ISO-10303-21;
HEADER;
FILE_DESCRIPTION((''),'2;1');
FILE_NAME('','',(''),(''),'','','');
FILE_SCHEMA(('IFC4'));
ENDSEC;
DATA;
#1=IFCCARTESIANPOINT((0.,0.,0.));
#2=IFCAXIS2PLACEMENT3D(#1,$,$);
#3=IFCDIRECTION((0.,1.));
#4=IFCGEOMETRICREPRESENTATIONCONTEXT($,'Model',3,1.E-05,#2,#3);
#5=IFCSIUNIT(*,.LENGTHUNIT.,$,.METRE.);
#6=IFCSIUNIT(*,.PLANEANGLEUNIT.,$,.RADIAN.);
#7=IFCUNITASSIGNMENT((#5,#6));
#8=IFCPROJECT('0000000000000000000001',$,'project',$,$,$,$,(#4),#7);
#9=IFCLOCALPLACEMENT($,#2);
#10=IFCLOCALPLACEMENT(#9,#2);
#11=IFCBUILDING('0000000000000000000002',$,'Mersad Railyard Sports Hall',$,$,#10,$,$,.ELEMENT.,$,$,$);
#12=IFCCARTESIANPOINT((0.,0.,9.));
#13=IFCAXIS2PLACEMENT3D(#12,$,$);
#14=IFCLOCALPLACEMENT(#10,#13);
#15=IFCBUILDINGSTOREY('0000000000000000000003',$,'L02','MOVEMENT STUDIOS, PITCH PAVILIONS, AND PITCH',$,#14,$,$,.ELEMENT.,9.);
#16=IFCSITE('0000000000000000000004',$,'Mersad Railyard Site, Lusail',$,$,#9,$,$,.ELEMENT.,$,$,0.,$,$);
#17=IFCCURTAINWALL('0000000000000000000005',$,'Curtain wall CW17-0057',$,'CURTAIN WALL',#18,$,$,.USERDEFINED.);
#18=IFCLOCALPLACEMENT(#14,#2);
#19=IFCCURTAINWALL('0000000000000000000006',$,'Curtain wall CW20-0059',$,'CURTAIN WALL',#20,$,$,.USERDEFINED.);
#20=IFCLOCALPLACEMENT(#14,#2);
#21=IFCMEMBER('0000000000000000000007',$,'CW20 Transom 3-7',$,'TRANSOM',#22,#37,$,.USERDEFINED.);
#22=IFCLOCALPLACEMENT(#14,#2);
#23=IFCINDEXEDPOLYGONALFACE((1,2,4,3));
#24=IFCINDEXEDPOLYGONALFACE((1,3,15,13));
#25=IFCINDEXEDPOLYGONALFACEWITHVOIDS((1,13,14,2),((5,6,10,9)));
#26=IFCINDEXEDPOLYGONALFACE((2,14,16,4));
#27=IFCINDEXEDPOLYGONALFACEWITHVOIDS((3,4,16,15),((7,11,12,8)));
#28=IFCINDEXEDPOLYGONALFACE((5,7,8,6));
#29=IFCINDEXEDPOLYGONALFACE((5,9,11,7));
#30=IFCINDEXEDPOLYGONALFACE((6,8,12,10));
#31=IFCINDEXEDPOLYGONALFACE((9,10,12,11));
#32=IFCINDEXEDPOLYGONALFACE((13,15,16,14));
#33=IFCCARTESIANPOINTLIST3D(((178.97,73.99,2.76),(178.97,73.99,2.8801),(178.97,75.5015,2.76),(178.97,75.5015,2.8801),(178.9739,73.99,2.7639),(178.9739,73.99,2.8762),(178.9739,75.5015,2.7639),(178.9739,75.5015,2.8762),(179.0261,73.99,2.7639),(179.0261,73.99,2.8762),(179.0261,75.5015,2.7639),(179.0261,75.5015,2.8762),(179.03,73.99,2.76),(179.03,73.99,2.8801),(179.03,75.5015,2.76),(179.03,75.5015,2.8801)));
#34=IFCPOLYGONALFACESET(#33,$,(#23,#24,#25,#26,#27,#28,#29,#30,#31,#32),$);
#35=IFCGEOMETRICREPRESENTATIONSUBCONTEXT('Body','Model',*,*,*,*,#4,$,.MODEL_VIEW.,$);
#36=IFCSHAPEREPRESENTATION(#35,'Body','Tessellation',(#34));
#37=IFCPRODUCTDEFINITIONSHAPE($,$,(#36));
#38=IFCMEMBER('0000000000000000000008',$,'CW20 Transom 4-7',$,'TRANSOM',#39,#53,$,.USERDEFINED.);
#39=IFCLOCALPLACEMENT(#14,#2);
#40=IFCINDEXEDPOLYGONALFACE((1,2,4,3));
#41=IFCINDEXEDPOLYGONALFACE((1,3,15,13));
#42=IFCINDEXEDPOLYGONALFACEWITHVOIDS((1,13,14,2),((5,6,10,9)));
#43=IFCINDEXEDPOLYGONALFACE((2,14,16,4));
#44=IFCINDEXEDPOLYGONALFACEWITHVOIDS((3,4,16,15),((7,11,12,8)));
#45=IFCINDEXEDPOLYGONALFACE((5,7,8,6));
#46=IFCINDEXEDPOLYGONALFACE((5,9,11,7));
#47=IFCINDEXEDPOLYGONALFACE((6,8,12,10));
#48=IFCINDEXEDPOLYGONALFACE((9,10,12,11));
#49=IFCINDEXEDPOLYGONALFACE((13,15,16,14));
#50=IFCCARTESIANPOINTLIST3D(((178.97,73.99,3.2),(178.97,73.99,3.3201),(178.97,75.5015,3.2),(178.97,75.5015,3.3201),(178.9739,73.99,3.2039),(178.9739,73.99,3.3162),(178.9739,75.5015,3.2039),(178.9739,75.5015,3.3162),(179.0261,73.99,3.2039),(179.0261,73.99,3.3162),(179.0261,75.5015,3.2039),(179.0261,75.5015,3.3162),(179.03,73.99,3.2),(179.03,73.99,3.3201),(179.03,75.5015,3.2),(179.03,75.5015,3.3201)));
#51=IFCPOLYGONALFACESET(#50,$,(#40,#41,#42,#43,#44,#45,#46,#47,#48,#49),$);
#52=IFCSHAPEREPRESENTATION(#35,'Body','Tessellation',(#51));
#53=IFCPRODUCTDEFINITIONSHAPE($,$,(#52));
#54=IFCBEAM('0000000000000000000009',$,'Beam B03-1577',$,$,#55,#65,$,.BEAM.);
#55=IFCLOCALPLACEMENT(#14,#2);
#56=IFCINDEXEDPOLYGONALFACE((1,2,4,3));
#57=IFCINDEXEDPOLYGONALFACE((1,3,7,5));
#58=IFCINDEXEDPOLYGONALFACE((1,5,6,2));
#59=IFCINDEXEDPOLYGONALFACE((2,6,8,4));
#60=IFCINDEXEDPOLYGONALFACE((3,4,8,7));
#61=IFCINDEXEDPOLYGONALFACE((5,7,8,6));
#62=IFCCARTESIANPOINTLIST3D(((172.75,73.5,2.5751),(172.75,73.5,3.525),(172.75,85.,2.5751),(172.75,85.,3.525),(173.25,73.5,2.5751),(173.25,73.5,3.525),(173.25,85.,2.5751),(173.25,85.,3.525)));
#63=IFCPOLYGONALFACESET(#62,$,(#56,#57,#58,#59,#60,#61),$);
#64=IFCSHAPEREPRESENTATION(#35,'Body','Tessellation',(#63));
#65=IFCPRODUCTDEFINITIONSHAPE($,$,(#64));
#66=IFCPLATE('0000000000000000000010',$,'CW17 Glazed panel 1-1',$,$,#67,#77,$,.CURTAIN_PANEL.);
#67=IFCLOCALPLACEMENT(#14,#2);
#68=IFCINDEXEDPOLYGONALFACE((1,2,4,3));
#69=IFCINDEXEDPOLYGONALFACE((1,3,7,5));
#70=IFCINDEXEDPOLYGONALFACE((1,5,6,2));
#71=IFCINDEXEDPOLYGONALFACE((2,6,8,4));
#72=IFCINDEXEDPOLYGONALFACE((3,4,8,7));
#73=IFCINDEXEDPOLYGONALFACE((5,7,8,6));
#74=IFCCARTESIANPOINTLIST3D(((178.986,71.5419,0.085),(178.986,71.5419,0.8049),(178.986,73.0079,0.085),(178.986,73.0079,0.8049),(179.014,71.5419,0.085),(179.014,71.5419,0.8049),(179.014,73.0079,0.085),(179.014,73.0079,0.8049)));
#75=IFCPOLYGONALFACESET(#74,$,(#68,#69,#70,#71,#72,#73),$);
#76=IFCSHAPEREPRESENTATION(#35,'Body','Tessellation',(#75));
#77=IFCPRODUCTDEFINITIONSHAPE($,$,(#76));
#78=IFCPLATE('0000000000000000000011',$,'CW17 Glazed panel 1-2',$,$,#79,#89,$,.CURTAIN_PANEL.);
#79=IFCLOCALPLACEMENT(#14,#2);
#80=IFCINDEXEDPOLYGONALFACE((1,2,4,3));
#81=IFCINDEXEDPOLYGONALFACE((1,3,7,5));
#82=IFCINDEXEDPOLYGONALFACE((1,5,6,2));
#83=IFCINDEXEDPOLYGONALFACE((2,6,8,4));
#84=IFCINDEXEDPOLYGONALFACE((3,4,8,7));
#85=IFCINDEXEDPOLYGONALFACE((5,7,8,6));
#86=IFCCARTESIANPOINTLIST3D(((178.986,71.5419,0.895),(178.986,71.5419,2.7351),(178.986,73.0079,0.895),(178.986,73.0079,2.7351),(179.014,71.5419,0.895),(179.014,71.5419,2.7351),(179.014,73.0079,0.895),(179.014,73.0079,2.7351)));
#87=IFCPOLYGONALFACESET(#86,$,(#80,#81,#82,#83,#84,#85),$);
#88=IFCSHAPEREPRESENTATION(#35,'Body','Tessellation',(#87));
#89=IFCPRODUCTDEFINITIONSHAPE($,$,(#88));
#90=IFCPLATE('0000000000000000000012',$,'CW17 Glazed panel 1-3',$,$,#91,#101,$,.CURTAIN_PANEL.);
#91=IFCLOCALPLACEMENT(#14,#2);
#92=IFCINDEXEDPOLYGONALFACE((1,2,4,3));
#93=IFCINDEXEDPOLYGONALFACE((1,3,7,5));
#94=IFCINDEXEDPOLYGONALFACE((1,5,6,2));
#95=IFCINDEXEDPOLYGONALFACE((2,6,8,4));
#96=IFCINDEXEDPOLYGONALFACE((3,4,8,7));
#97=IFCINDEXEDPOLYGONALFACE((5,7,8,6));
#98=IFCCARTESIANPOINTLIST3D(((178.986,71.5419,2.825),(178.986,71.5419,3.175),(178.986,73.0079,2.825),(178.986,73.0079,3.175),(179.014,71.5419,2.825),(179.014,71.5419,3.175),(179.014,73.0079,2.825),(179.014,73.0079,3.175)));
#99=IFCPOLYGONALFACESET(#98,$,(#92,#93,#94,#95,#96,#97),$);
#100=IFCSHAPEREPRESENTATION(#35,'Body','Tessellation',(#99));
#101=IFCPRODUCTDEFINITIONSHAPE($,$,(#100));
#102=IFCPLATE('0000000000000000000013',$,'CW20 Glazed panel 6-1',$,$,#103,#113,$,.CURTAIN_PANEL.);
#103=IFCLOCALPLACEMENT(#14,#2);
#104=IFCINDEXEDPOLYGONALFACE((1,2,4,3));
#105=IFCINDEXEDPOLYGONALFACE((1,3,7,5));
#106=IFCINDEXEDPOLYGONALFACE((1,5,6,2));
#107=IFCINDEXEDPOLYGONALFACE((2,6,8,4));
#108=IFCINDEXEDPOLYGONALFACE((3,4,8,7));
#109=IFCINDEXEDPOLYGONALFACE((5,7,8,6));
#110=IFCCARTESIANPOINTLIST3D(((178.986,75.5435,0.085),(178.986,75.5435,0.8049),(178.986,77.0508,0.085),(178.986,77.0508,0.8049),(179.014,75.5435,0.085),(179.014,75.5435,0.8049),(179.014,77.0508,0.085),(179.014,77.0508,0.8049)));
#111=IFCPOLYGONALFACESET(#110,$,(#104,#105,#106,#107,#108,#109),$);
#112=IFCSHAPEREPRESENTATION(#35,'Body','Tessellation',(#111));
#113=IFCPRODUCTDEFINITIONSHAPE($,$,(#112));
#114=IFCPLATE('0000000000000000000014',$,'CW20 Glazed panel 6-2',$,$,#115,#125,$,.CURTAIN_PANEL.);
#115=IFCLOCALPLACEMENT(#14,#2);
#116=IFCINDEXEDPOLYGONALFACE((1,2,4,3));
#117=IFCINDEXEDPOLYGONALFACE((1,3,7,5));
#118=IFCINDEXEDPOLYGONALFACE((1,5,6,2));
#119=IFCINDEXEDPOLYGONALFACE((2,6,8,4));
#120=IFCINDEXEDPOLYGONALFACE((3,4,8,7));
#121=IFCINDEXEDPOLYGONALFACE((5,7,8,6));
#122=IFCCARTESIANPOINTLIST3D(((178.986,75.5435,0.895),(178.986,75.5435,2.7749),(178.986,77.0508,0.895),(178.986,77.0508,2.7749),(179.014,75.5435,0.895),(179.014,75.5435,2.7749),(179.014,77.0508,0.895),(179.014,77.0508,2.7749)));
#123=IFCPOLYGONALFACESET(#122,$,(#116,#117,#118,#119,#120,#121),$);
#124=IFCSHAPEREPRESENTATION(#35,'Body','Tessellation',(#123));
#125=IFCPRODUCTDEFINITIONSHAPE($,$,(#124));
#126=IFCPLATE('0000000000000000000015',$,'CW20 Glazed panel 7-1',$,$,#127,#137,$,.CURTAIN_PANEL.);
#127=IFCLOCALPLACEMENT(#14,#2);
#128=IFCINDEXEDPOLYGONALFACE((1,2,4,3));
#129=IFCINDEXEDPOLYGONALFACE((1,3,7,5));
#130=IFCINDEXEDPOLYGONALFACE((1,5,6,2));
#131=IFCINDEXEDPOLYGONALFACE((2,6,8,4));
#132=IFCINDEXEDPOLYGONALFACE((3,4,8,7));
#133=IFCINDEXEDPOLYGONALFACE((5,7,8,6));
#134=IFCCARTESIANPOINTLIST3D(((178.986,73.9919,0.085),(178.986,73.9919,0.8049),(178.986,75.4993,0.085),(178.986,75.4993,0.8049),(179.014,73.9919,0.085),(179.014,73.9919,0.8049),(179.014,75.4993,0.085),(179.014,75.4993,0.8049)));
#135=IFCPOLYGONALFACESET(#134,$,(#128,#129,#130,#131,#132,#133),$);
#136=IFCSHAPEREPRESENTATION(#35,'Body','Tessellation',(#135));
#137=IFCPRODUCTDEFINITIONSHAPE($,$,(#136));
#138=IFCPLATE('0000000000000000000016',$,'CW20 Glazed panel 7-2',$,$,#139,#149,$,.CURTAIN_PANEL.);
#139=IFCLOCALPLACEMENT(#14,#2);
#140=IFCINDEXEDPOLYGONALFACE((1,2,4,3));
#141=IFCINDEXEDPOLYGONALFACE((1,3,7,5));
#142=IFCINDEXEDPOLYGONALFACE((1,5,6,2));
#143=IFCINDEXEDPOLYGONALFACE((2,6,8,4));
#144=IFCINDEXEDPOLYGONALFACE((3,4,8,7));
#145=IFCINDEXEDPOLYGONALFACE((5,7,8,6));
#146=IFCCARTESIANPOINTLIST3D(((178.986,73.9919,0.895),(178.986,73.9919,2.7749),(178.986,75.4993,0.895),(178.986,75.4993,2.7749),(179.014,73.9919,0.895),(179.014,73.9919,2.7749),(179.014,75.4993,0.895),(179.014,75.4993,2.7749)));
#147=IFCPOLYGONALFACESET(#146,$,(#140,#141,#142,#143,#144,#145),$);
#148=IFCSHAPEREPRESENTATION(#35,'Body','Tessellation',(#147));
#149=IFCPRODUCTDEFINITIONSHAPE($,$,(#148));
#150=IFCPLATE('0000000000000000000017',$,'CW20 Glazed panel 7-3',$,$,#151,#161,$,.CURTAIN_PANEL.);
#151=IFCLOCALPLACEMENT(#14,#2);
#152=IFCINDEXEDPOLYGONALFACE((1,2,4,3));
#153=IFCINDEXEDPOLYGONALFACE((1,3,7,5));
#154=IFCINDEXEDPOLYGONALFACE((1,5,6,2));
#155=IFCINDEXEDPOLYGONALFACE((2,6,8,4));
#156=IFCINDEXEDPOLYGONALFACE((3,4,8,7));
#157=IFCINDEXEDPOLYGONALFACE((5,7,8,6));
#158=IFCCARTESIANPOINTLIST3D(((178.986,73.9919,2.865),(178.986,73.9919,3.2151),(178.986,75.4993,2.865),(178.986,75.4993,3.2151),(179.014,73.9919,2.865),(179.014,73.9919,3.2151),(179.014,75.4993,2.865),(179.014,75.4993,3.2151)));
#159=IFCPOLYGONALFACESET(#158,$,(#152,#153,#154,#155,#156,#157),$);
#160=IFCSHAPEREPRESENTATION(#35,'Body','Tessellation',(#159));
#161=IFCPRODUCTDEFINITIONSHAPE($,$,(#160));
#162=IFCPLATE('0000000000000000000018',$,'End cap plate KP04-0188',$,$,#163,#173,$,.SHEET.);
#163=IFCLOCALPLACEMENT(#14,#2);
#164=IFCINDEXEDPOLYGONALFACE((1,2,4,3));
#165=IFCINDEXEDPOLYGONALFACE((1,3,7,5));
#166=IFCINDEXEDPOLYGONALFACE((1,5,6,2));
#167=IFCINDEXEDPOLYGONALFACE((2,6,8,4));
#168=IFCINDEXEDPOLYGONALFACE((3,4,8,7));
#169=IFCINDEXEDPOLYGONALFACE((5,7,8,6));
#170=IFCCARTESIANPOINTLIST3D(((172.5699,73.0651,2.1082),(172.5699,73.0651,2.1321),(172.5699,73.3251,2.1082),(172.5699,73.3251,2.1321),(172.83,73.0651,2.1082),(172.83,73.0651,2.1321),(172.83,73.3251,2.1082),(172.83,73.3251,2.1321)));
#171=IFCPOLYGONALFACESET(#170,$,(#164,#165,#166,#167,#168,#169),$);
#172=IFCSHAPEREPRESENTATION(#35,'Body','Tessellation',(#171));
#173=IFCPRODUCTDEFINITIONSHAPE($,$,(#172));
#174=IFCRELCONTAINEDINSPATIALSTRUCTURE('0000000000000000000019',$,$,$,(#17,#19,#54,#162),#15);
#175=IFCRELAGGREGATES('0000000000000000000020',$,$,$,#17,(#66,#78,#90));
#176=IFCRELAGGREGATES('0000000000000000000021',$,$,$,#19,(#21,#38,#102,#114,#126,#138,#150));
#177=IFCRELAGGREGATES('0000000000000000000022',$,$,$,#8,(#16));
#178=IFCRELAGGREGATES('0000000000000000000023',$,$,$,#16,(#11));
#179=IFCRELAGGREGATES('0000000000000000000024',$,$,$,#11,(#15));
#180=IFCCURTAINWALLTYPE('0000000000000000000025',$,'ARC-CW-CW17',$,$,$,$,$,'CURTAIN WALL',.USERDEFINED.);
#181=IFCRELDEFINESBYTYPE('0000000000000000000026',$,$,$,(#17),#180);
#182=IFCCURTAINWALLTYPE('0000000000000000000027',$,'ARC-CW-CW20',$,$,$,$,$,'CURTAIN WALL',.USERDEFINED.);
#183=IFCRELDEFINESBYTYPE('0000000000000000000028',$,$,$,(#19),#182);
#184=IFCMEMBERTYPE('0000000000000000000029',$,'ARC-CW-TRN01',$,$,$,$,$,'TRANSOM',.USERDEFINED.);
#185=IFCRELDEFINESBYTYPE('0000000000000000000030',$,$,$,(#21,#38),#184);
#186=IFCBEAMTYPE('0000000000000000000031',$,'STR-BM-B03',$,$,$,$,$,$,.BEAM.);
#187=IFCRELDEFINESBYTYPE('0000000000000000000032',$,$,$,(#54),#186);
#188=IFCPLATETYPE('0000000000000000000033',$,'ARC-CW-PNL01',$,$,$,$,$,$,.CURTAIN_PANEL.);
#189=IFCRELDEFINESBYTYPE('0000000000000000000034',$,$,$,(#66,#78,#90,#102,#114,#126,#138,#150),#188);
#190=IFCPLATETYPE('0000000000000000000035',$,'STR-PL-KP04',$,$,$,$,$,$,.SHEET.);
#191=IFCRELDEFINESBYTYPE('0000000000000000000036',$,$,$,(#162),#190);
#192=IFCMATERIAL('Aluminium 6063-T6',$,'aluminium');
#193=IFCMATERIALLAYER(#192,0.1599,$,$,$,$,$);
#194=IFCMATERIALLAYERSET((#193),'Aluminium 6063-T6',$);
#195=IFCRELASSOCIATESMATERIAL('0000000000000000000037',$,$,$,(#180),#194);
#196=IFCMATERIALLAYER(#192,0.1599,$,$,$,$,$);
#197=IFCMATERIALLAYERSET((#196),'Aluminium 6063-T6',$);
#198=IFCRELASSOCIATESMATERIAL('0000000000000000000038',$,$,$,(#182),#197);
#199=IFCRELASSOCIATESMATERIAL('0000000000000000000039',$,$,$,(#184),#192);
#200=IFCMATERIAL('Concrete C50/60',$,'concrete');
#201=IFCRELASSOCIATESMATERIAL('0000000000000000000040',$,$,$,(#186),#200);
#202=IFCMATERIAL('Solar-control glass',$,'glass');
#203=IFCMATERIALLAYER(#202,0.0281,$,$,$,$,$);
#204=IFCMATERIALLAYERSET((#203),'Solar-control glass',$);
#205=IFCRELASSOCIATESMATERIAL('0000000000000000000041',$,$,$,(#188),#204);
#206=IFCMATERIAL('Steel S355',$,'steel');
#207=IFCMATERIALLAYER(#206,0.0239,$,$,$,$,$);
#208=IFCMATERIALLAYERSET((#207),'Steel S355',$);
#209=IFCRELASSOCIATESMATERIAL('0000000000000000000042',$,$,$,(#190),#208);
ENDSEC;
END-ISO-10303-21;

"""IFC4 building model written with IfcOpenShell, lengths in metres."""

from ifc_helpers import new_model, si_unit, direction, frame, origin, origin_2d, place, context, subcontext, project, spatial, rectangle, hollow_rectangle, extrude, material, layer, layer_set, material_profile, profile_set, type_object, element, aggregate, save


model = new_model("IFC4")

# Units and contexts
model_context = context("Model", 3, precision=1e-05, world=origin(), true_north=direction((0.0, 1.0)))
body_context = subcontext(model_context, "Body", "Model", "MODEL_VIEW")
ifc_project = project(units=[si_unit("LENGTHUNIT", "METRE"), si_unit("PLANEANGLEUNIT", "RADIAN")], contexts=[model_context])

# Site, building, storey
site_placement = place(None, origin())
site = spatial("IfcSite", under=ifc_project, at=site_placement, Name="Mersad Railyard Site, Lusail", CompositionType="ELEMENT", RefElevation=0.0)
building_placement = place(site_placement, origin())
building = spatial("IfcBuilding", under=site, at=building_placement, Name="Mersad Railyard Sports Hall", CompositionType="ELEMENT")
storey_placement = place(building_placement, frame((0.0, 0.0, 9.0)))
storey = spatial("IfcBuildingStorey", under=building, at=storey_placement, Name="L02", Description="MOVEMENT STUDIOS, PITCH PAVILIONS, AND PITCH", CompositionType="ELEMENT", Elevation=9.0)

# Shared definitions
ifc_material_1 = material(Name="Concrete C50/60", Category="concrete")

# Curtain wall
ifc_material_2 = material(Name="Aluminium 6063-T6", Category="aluminium")
ifc_layer_1 = layer(ifc_material_2, 0.1599)
ifc_layer_set_1 = layer_set([ifc_layer_1], Name="Aluminium 6063-T6")
curtain_wall_type_1 = type_object("IfcCurtainWallType", Name="ARC-CW-CW17", ElementType="CURTAIN WALL", PredefinedType="USERDEFINED", material=ifc_layer_set_1)
curtain_wall_1_placement = place(storey_placement, origin())
curtain_wall_1 = element("IfcCurtainWall", 1, at=curtain_wall_1_placement, inside=storey, type_object=curtain_wall_type_1, Name="Curtain wall CW17-0057", ObjectType="CURTAIN WALL", PredefinedType="USERDEFINED")

# Curtain wall
ifc_layer_2 = layer(ifc_material_2, 0.1599)
ifc_layer_set_2 = layer_set([ifc_layer_2], Name="Aluminium 6063-T6")
curtain_wall_type_2 = type_object("IfcCurtainWallType", Name="ARC-CW-CW20", ElementType="CURTAIN WALL", PredefinedType="USERDEFINED", material=ifc_layer_set_2)
curtain_wall_2_placement = place(storey_placement, origin())
curtain_wall_2 = element("IfcCurtainWall", 2, at=curtain_wall_2_placement, inside=storey, type_object=curtain_wall_type_2, Name="Curtain wall CW20-0059", ObjectType="CURTAIN WALL", PredefinedType="USERDEFINED")

# Members
ifc_material_profile_1 = material_profile(ifc_material_2, hollow_rectangle(XDim=0.0601, YDim=0.1201, WallThickness=0.0039, at=origin_2d()), Name="AL TRANSOM 60x120x4")
ifc_profile_set_1 = profile_set([ifc_material_profile_1], Name="Aluminium 6063-T6")
member_type_1 = type_object("IfcMemberType", Name="ARC-CW-TRN01", ElementType="TRANSOM", PredefinedType="USERDEFINED", material=ifc_profile_set_1)
member_1_placement = place(storey_placement, frame((179.0, 75.5015, 2.8201), z_axis=(0.0, -1.0, 0.0), x_axis=(1.0, 0.0, 0.0)))
member_1 = element("IfcMember", 3, at=member_1_placement, type_object=member_type_1, Name="CW20 Transom 3-7", ObjectType="TRANSOM", PredefinedType="USERDEFINED", context=body_context, shape_type="SweptSolid", body=[
    extrude(hollow_rectangle(XDim=0.0601, YDim=0.1201, WallThickness=0.0039, at=origin_2d()), origin(), (0.0, 0.0, 1.0), 1.5115),
])
member_2_placement = place(storey_placement, frame((179.0, 75.5015, 3.26), z_axis=(0.0, -1.0, 0.0), x_axis=(1.0, 0.0, 0.0)))
member_2 = element("IfcMember", 4, at=member_2_placement, type_object=member_type_1, Name="CW20 Transom 4-7", ObjectType="TRANSOM", PredefinedType="USERDEFINED", context=body_context, shape_type="SweptSolid", body=[
    extrude(hollow_rectangle(XDim=0.0601, YDim=0.1201, WallThickness=0.0039, at=origin_2d()), origin(), (0.0, 0.0, 1.0), 1.5115),
])

# Beam
ifc_material_profile_2 = material_profile(ifc_material_1, rectangle(XDim=0.5, YDim=0.95, at=origin_2d()), Name="RC 500x950")
ifc_profile_set_2 = profile_set([ifc_material_profile_2], Name="Concrete C50/60")
beam_type = type_object("IfcBeamType", Name="STR-BM-B03", PredefinedType="BEAM", material=ifc_profile_set_2)
beam_placement = place(storey_placement, frame((173.0, 73.5, 3.05), z_axis=(0.0, 1.0, 0.0), x_axis=(-1.0, 0.0, 0.0)))
element("IfcBeam", 5, at=beam_placement, inside=storey, type_object=beam_type, Name="Beam B03-1577", PredefinedType="BEAM", context=body_context, shape_type="SweptSolid", body=[
    extrude(rectangle(XDim=0.5, YDim=0.95, at=origin_2d()), origin(), (0.0, 0.0, 1.0), 11.5),
])

# Plates
ifc_material_3 = material(Name="Solar-control glass", Category="glass")
ifc_layer_3 = layer(ifc_material_3, 0.0281)
ifc_layer_set_3 = layer_set([ifc_layer_3], Name="Solar-control glass")
plate_type_1 = type_object("IfcPlateType", Name="ARC-CW-PNL01", PredefinedType="CURTAIN_PANEL", material=ifc_layer_set_3)
plate_1_placement = place(storey_placement, frame((179.0, 72.2749, 0.085), z_axis=(0.0, 0.0, 1.0), x_axis=(0.0, -1.0, 0.0)))
plate_1 = element("IfcPlate", 6, at=plate_1_placement, type_object=plate_type_1, Name="CW17 Glazed panel 1-1", PredefinedType="CURTAIN_PANEL", context=body_context, shape_type="SweptSolid", body=[
    extrude(rectangle(XDim=1.4661, YDim=0.0281, at=origin_2d()), origin(), (0.0, 0.0, 1.0), 0.72),
])
plate_2_placement = place(storey_placement, frame((179.0, 72.2749, 0.895), z_axis=(0.0, 0.0, 1.0), x_axis=(0.0, -1.0, 0.0)))
plate_2 = element("IfcPlate", 7, at=plate_2_placement, type_object=plate_type_1, Name="CW17 Glazed panel 1-2", PredefinedType="CURTAIN_PANEL", context=body_context, shape_type="SweptSolid", body=[
    extrude(rectangle(XDim=1.4661, YDim=0.0281, at=origin_2d()), origin(), (0.0, 0.0, 1.0), 1.8401),
])
plate_3_placement = place(storey_placement, frame((179.0, 72.2749, 2.825), z_axis=(0.0, 0.0, 1.0), x_axis=(0.0, -1.0, 0.0)))
plate_3 = element("IfcPlate", 8, at=plate_3_placement, type_object=plate_type_1, Name="CW17 Glazed panel 1-3", PredefinedType="CURTAIN_PANEL", context=body_context, shape_type="SweptSolid", body=[
    extrude(rectangle(XDim=1.4661, YDim=0.0281, at=origin_2d()), origin(), (0.0, 0.0, 1.0), 0.3501),
])
aggregate(curtain_wall_1, [plate_1, plate_2, plate_3])
plate_4_placement = place(storey_placement, frame((179.0, 76.2971, 0.085), z_axis=(0.0, 0.0, 1.0), x_axis=(0.0, -1.0, 0.0)))
plate_4 = element("IfcPlate", 9, at=plate_4_placement, type_object=plate_type_1, Name="CW20 Glazed panel 6-1", PredefinedType="CURTAIN_PANEL", context=body_context, shape_type="SweptSolid", body=[
    extrude(rectangle(XDim=1.5073, YDim=0.0281, at=origin_2d()), origin(), (0.0, 0.0, 1.0), 0.72),
])
plate_5_placement = place(storey_placement, frame((179.0, 76.2971, 0.895), z_axis=(0.0, 0.0, 1.0), x_axis=(0.0, -1.0, 0.0)))
plate_5 = element("IfcPlate", 10, at=plate_5_placement, type_object=plate_type_1, Name="CW20 Glazed panel 6-2", PredefinedType="CURTAIN_PANEL", context=body_context, shape_type="SweptSolid", body=[
    extrude(rectangle(XDim=1.5073, YDim=0.0281, at=origin_2d()), origin(), (0.0, 0.0, 1.0), 1.8799),
])
plate_6_placement = place(storey_placement, frame((179.0, 74.7456, 0.085), z_axis=(0.0, 0.0, 1.0), x_axis=(0.0, -1.0, 0.0)))
plate_6 = element("IfcPlate", 11, at=plate_6_placement, type_object=plate_type_1, Name="CW20 Glazed panel 7-1", PredefinedType="CURTAIN_PANEL", context=body_context, shape_type="SweptSolid", body=[
    extrude(rectangle(XDim=1.5073, YDim=0.0281, at=origin_2d()), origin(), (0.0, 0.0, 1.0), 0.72),
])
plate_7_placement = place(storey_placement, frame((179.0, 74.7456, 0.895), z_axis=(0.0, 0.0, 1.0), x_axis=(0.0, -1.0, 0.0)))
plate_7 = element("IfcPlate", 12, at=plate_7_placement, type_object=plate_type_1, Name="CW20 Glazed panel 7-2", PredefinedType="CURTAIN_PANEL", context=body_context, shape_type="SweptSolid", body=[
    extrude(rectangle(XDim=1.5073, YDim=0.0281, at=origin_2d()), origin(), (0.0, 0.0, 1.0), 1.8799),
])
plate_8_placement = place(storey_placement, frame((179.0, 74.7456, 2.865), z_axis=(0.0, 0.0, 1.0), x_axis=(0.0, -1.0, 0.0)))
plate_8 = element("IfcPlate", 13, at=plate_8_placement, type_object=plate_type_1, Name="CW20 Glazed panel 7-3", PredefinedType="CURTAIN_PANEL", context=body_context, shape_type="SweptSolid", body=[
    extrude(rectangle(XDim=1.5073, YDim=0.0281, at=origin_2d()), origin(), (0.0, 0.0, 1.0), 0.3501),
])
aggregate(curtain_wall_2, [member_1, member_2, plate_4, plate_5, plate_6, plate_7, plate_8])
ifc_material_4 = material(Name="Steel S355", Category="steel")
ifc_layer_4 = layer(ifc_material_4, 0.0239)
ifc_layer_set_4 = layer_set([ifc_layer_4], Name="Steel S355")
plate_type_2 = type_object("IfcPlateType", Name="STR-PL-KP04", PredefinedType="SHEET", material=ifc_layer_set_4)
plate_9_placement = place(storey_placement, frame((172.7, 73.1951, 2.1082), z_axis=(0.0, 0.0, 1.0), x_axis=(1.0, 0.0, 0.0)))
element("IfcPlate", 14, at=plate_9_placement, inside=storey, type_object=plate_type_2, Name="End cap plate KP04-0188", PredefinedType="SHEET", context=body_context, shape_type="SweptSolid", body=[
    extrude(rectangle(XDim=0.26, YDim=0.26, at=origin_2d()), origin(), (0.0, 0.0, 1.0), 0.0239),
])

save(model, "model.ifc")
